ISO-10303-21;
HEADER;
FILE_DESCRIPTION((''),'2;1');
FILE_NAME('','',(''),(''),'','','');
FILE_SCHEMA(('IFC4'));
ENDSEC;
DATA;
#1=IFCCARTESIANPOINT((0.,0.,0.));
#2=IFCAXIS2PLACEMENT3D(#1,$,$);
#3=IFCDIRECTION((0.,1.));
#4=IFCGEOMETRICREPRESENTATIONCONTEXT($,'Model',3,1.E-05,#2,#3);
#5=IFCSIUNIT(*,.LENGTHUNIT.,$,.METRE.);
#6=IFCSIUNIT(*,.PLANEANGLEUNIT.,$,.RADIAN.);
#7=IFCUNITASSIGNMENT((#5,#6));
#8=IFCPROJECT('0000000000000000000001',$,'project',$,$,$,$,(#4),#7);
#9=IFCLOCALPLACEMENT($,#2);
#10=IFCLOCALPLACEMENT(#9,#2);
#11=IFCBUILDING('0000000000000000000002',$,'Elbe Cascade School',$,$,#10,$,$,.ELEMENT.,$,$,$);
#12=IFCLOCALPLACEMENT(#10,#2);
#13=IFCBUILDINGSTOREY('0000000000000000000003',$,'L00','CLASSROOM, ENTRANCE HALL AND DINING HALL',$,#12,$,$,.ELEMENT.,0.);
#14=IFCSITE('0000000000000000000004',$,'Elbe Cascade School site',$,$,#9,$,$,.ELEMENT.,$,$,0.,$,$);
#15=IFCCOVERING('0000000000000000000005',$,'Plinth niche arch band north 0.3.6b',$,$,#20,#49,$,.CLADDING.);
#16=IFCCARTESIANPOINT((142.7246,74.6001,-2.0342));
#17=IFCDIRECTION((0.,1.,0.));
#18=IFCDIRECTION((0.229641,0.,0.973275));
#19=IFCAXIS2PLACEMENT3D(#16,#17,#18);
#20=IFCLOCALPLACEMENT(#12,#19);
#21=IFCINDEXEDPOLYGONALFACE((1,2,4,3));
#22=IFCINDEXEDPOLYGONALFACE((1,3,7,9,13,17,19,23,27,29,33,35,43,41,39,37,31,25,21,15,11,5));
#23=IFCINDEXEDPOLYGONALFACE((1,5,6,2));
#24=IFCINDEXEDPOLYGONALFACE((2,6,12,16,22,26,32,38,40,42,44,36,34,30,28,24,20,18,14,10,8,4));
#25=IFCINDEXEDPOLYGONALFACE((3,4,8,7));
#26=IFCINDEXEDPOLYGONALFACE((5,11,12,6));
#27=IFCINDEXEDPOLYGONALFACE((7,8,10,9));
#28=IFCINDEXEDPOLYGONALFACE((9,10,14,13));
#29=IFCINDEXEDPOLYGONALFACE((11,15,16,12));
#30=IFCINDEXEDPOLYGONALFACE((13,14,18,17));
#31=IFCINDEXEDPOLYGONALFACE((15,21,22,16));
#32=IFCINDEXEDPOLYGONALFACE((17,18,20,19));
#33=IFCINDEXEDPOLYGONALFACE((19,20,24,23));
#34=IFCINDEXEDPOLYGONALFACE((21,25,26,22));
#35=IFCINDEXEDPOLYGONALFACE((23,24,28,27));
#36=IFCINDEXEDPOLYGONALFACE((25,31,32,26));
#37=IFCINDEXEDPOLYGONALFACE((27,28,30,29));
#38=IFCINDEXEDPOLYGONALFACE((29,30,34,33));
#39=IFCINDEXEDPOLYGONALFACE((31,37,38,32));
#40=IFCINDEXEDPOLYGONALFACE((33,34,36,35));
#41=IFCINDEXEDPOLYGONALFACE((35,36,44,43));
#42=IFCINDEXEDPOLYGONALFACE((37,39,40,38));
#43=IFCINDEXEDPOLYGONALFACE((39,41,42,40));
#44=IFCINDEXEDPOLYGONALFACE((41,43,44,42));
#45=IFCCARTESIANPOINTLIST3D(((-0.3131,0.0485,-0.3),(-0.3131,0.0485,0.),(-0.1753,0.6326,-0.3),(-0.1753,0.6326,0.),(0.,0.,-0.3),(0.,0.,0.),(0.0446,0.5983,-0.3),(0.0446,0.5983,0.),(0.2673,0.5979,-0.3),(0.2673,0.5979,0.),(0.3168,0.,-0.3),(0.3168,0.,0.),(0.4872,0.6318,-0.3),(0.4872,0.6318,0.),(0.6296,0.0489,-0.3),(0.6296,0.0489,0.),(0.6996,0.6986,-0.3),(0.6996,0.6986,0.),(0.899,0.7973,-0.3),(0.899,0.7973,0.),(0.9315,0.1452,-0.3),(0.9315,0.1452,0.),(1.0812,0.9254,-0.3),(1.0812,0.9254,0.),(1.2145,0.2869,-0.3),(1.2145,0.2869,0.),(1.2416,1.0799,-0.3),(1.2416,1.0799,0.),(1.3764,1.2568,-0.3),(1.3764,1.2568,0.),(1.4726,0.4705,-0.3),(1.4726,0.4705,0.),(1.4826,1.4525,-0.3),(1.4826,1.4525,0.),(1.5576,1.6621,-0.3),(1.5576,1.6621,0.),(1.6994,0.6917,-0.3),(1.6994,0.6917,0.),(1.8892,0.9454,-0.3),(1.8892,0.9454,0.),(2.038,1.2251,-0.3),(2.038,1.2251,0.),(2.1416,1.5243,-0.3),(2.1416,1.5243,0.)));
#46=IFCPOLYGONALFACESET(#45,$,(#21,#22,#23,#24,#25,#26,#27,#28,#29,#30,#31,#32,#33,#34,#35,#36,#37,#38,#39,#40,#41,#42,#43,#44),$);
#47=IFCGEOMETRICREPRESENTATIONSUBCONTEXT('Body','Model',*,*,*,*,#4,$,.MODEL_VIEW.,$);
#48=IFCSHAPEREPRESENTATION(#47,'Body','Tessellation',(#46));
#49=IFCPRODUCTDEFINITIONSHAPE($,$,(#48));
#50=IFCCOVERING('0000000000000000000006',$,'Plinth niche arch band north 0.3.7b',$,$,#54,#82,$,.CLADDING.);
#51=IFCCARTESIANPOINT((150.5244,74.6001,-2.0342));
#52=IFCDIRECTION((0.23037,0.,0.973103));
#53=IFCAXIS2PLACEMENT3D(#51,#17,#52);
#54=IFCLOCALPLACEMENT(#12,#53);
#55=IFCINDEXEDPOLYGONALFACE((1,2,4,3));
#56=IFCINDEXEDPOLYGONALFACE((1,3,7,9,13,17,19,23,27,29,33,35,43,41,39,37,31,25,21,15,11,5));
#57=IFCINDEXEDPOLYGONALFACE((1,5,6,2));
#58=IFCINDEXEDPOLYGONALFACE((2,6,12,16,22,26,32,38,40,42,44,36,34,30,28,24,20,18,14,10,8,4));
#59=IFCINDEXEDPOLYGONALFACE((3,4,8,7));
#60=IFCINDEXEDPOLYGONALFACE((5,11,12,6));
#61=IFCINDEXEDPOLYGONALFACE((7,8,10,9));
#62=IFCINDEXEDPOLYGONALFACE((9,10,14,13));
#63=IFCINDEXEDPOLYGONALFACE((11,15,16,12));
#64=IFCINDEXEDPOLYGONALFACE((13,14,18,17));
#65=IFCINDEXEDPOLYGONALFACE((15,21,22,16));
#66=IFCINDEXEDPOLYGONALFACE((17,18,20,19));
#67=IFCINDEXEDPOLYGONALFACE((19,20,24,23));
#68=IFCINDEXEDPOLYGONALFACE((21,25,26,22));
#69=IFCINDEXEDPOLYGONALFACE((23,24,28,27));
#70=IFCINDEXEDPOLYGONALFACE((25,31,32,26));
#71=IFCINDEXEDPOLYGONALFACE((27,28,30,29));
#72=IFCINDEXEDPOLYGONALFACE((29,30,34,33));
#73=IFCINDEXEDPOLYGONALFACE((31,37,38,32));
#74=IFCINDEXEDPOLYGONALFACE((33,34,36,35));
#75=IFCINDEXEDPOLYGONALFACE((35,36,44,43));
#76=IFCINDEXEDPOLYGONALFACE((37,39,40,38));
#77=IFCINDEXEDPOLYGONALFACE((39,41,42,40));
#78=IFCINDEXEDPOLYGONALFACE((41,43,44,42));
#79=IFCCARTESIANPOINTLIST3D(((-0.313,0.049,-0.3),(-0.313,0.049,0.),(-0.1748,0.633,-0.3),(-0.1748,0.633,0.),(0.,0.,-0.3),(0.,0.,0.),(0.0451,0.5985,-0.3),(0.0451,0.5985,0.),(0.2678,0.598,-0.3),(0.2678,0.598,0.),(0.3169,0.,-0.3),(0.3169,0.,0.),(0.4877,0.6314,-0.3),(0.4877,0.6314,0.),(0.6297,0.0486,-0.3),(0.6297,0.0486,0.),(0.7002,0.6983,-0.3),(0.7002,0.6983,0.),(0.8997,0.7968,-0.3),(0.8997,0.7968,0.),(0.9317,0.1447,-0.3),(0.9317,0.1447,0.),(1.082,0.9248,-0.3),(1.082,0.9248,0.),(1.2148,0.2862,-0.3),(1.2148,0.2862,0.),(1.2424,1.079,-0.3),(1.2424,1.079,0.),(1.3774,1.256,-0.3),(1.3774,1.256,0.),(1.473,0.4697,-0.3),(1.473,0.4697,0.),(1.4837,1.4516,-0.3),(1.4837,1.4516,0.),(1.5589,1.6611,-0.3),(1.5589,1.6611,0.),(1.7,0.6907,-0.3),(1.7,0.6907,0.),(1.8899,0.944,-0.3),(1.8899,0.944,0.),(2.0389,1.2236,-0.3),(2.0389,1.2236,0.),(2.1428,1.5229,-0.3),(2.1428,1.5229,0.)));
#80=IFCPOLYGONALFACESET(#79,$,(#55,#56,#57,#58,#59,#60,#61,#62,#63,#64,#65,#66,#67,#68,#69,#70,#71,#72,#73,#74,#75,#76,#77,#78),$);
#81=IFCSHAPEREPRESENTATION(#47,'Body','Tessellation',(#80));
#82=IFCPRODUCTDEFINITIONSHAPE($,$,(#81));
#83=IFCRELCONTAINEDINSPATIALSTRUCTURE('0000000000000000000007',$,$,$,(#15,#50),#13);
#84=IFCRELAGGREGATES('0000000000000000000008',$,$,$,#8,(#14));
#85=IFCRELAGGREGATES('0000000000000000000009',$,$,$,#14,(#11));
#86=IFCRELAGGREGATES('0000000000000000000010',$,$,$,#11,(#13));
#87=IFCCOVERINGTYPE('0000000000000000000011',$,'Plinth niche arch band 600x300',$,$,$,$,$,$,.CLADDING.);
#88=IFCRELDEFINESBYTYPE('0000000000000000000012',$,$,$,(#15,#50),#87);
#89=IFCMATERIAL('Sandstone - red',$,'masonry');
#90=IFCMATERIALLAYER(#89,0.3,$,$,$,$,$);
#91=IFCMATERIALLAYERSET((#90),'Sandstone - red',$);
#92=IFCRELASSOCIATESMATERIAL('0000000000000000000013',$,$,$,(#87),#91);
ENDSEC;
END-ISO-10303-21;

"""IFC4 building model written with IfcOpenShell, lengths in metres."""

from ifc_helpers import new_model, si_unit, direction, frame, origin, place, context, subcontext, project, spatial, polyline, outline, extrude, material, layer, layer_set, type_object, element, save


model = new_model("IFC4")

# Units and contexts
model_context = context("Model", 3, precision=1e-05, world=origin(), true_north=direction((0.0, 1.0)))
body_context = subcontext(model_context, "Body", "Model", "MODEL_VIEW")
ifc_project = project(units=[si_unit("LENGTHUNIT", "METRE"), si_unit("PLANEANGLEUNIT", "RADIAN")], contexts=[model_context])

# Site, building, storey
site_placement = place(None, origin())
site = spatial("IfcSite", under=ifc_project, at=site_placement, Name="Elbe Cascade School site", CompositionType="ELEMENT", RefElevation=0.0)
building_placement = place(site_placement, origin())
building = spatial("IfcBuilding", under=site, at=building_placement, Name="Elbe Cascade School", CompositionType="ELEMENT")
storey_placement = place(building_placement, origin())
storey = spatial("IfcBuildingStorey", under=building, at=storey_placement, Name="L00", Description="CLASSROOM, ENTRANCE HALL AND DINING HALL", CompositionType="ELEMENT", Elevation=0.0)

# Coverings
ifc_material_1 = material(Name="Sandstone - red", Category="masonry")
ifc_layer_1 = layer(ifc_material_1, 0.3)
ifc_layer_set_1 = layer_set([ifc_layer_1], Name="Sandstone - red")
covering_type_1 = type_object("IfcCoveringType", Name="Plinth niche arch band 600x300", PredefinedType="CLADDING", material=ifc_layer_set_1)
covering_1_placement = place(storey_placement, frame((142.7246, 74.6001, -2.0342), z_axis=(0.0, 1.0, 0.0), x_axis=(0.229641, 0.0, 0.973275)))
element("IfcCovering", 1, at=covering_1_placement, inside=storey, type_object=covering_type_1, Name="Plinth niche arch band north 0.3.6b", PredefinedType="CLADDING", context=body_context, shape_type="SweptSolid", body=[
    extrude(outline(polyline([(0.0, 0.0), (0.3168, 0.0), (0.6296, 0.0489), (0.9315, 0.1452), (1.2145, 0.2869), (1.4726, 0.4705), (1.6994, 0.6917), (1.8892, 0.9454), (2.038, 1.2251), (2.1416, 1.5243), (1.5576, 1.6621), (1.4826, 1.4525), (1.3764, 1.2568), (1.2416, 1.0799), (1.0812, 0.9254), (0.899, 0.7973), (0.6996, 0.6986), (0.4872, 0.6318), (0.2673, 0.5979), (0.0446, 0.5983), (-0.1753, 0.6326), (-0.3131, 0.0485), (0.0, 0.0)])), origin(), (0.0, 0.0, -1.0), 0.3),
])
covering_2_placement = place(storey_placement, frame((150.5244, 74.6001, -2.0342), z_axis=(0.0, 1.0, 0.0), x_axis=(0.23037, 0.0, 0.973103)))
element("IfcCovering", 2, at=covering_2_placement, inside=storey, type_object=covering_type_1, Name="Plinth niche arch band north 0.3.7b", PredefinedType="CLADDING", context=body_context, shape_type="SweptSolid", body=[
    extrude(outline(polyline([(0.0, 0.0), (0.3169, 0.0), (0.6297, 0.0486), (0.9317, 0.1447), (1.2148, 0.2862), (1.473, 0.4697), (1.7, 0.6907), (1.8899, 0.944), (2.0389, 1.2236), (2.1428, 1.5229), (1.5589, 1.6611), (1.4837, 1.4516), (1.3774, 1.256), (1.2424, 1.079), (1.082, 0.9248), (0.8997, 0.7968), (0.7002, 0.6983), (0.4877, 0.6314), (0.2678, 0.598), (0.0451, 0.5985), (-0.1748, 0.633), (-0.313, 0.049), (0.0, 0.0)])), origin(), (0.0, 0.0, -1.0), 0.3),
])

save(model, "model.ifc")
